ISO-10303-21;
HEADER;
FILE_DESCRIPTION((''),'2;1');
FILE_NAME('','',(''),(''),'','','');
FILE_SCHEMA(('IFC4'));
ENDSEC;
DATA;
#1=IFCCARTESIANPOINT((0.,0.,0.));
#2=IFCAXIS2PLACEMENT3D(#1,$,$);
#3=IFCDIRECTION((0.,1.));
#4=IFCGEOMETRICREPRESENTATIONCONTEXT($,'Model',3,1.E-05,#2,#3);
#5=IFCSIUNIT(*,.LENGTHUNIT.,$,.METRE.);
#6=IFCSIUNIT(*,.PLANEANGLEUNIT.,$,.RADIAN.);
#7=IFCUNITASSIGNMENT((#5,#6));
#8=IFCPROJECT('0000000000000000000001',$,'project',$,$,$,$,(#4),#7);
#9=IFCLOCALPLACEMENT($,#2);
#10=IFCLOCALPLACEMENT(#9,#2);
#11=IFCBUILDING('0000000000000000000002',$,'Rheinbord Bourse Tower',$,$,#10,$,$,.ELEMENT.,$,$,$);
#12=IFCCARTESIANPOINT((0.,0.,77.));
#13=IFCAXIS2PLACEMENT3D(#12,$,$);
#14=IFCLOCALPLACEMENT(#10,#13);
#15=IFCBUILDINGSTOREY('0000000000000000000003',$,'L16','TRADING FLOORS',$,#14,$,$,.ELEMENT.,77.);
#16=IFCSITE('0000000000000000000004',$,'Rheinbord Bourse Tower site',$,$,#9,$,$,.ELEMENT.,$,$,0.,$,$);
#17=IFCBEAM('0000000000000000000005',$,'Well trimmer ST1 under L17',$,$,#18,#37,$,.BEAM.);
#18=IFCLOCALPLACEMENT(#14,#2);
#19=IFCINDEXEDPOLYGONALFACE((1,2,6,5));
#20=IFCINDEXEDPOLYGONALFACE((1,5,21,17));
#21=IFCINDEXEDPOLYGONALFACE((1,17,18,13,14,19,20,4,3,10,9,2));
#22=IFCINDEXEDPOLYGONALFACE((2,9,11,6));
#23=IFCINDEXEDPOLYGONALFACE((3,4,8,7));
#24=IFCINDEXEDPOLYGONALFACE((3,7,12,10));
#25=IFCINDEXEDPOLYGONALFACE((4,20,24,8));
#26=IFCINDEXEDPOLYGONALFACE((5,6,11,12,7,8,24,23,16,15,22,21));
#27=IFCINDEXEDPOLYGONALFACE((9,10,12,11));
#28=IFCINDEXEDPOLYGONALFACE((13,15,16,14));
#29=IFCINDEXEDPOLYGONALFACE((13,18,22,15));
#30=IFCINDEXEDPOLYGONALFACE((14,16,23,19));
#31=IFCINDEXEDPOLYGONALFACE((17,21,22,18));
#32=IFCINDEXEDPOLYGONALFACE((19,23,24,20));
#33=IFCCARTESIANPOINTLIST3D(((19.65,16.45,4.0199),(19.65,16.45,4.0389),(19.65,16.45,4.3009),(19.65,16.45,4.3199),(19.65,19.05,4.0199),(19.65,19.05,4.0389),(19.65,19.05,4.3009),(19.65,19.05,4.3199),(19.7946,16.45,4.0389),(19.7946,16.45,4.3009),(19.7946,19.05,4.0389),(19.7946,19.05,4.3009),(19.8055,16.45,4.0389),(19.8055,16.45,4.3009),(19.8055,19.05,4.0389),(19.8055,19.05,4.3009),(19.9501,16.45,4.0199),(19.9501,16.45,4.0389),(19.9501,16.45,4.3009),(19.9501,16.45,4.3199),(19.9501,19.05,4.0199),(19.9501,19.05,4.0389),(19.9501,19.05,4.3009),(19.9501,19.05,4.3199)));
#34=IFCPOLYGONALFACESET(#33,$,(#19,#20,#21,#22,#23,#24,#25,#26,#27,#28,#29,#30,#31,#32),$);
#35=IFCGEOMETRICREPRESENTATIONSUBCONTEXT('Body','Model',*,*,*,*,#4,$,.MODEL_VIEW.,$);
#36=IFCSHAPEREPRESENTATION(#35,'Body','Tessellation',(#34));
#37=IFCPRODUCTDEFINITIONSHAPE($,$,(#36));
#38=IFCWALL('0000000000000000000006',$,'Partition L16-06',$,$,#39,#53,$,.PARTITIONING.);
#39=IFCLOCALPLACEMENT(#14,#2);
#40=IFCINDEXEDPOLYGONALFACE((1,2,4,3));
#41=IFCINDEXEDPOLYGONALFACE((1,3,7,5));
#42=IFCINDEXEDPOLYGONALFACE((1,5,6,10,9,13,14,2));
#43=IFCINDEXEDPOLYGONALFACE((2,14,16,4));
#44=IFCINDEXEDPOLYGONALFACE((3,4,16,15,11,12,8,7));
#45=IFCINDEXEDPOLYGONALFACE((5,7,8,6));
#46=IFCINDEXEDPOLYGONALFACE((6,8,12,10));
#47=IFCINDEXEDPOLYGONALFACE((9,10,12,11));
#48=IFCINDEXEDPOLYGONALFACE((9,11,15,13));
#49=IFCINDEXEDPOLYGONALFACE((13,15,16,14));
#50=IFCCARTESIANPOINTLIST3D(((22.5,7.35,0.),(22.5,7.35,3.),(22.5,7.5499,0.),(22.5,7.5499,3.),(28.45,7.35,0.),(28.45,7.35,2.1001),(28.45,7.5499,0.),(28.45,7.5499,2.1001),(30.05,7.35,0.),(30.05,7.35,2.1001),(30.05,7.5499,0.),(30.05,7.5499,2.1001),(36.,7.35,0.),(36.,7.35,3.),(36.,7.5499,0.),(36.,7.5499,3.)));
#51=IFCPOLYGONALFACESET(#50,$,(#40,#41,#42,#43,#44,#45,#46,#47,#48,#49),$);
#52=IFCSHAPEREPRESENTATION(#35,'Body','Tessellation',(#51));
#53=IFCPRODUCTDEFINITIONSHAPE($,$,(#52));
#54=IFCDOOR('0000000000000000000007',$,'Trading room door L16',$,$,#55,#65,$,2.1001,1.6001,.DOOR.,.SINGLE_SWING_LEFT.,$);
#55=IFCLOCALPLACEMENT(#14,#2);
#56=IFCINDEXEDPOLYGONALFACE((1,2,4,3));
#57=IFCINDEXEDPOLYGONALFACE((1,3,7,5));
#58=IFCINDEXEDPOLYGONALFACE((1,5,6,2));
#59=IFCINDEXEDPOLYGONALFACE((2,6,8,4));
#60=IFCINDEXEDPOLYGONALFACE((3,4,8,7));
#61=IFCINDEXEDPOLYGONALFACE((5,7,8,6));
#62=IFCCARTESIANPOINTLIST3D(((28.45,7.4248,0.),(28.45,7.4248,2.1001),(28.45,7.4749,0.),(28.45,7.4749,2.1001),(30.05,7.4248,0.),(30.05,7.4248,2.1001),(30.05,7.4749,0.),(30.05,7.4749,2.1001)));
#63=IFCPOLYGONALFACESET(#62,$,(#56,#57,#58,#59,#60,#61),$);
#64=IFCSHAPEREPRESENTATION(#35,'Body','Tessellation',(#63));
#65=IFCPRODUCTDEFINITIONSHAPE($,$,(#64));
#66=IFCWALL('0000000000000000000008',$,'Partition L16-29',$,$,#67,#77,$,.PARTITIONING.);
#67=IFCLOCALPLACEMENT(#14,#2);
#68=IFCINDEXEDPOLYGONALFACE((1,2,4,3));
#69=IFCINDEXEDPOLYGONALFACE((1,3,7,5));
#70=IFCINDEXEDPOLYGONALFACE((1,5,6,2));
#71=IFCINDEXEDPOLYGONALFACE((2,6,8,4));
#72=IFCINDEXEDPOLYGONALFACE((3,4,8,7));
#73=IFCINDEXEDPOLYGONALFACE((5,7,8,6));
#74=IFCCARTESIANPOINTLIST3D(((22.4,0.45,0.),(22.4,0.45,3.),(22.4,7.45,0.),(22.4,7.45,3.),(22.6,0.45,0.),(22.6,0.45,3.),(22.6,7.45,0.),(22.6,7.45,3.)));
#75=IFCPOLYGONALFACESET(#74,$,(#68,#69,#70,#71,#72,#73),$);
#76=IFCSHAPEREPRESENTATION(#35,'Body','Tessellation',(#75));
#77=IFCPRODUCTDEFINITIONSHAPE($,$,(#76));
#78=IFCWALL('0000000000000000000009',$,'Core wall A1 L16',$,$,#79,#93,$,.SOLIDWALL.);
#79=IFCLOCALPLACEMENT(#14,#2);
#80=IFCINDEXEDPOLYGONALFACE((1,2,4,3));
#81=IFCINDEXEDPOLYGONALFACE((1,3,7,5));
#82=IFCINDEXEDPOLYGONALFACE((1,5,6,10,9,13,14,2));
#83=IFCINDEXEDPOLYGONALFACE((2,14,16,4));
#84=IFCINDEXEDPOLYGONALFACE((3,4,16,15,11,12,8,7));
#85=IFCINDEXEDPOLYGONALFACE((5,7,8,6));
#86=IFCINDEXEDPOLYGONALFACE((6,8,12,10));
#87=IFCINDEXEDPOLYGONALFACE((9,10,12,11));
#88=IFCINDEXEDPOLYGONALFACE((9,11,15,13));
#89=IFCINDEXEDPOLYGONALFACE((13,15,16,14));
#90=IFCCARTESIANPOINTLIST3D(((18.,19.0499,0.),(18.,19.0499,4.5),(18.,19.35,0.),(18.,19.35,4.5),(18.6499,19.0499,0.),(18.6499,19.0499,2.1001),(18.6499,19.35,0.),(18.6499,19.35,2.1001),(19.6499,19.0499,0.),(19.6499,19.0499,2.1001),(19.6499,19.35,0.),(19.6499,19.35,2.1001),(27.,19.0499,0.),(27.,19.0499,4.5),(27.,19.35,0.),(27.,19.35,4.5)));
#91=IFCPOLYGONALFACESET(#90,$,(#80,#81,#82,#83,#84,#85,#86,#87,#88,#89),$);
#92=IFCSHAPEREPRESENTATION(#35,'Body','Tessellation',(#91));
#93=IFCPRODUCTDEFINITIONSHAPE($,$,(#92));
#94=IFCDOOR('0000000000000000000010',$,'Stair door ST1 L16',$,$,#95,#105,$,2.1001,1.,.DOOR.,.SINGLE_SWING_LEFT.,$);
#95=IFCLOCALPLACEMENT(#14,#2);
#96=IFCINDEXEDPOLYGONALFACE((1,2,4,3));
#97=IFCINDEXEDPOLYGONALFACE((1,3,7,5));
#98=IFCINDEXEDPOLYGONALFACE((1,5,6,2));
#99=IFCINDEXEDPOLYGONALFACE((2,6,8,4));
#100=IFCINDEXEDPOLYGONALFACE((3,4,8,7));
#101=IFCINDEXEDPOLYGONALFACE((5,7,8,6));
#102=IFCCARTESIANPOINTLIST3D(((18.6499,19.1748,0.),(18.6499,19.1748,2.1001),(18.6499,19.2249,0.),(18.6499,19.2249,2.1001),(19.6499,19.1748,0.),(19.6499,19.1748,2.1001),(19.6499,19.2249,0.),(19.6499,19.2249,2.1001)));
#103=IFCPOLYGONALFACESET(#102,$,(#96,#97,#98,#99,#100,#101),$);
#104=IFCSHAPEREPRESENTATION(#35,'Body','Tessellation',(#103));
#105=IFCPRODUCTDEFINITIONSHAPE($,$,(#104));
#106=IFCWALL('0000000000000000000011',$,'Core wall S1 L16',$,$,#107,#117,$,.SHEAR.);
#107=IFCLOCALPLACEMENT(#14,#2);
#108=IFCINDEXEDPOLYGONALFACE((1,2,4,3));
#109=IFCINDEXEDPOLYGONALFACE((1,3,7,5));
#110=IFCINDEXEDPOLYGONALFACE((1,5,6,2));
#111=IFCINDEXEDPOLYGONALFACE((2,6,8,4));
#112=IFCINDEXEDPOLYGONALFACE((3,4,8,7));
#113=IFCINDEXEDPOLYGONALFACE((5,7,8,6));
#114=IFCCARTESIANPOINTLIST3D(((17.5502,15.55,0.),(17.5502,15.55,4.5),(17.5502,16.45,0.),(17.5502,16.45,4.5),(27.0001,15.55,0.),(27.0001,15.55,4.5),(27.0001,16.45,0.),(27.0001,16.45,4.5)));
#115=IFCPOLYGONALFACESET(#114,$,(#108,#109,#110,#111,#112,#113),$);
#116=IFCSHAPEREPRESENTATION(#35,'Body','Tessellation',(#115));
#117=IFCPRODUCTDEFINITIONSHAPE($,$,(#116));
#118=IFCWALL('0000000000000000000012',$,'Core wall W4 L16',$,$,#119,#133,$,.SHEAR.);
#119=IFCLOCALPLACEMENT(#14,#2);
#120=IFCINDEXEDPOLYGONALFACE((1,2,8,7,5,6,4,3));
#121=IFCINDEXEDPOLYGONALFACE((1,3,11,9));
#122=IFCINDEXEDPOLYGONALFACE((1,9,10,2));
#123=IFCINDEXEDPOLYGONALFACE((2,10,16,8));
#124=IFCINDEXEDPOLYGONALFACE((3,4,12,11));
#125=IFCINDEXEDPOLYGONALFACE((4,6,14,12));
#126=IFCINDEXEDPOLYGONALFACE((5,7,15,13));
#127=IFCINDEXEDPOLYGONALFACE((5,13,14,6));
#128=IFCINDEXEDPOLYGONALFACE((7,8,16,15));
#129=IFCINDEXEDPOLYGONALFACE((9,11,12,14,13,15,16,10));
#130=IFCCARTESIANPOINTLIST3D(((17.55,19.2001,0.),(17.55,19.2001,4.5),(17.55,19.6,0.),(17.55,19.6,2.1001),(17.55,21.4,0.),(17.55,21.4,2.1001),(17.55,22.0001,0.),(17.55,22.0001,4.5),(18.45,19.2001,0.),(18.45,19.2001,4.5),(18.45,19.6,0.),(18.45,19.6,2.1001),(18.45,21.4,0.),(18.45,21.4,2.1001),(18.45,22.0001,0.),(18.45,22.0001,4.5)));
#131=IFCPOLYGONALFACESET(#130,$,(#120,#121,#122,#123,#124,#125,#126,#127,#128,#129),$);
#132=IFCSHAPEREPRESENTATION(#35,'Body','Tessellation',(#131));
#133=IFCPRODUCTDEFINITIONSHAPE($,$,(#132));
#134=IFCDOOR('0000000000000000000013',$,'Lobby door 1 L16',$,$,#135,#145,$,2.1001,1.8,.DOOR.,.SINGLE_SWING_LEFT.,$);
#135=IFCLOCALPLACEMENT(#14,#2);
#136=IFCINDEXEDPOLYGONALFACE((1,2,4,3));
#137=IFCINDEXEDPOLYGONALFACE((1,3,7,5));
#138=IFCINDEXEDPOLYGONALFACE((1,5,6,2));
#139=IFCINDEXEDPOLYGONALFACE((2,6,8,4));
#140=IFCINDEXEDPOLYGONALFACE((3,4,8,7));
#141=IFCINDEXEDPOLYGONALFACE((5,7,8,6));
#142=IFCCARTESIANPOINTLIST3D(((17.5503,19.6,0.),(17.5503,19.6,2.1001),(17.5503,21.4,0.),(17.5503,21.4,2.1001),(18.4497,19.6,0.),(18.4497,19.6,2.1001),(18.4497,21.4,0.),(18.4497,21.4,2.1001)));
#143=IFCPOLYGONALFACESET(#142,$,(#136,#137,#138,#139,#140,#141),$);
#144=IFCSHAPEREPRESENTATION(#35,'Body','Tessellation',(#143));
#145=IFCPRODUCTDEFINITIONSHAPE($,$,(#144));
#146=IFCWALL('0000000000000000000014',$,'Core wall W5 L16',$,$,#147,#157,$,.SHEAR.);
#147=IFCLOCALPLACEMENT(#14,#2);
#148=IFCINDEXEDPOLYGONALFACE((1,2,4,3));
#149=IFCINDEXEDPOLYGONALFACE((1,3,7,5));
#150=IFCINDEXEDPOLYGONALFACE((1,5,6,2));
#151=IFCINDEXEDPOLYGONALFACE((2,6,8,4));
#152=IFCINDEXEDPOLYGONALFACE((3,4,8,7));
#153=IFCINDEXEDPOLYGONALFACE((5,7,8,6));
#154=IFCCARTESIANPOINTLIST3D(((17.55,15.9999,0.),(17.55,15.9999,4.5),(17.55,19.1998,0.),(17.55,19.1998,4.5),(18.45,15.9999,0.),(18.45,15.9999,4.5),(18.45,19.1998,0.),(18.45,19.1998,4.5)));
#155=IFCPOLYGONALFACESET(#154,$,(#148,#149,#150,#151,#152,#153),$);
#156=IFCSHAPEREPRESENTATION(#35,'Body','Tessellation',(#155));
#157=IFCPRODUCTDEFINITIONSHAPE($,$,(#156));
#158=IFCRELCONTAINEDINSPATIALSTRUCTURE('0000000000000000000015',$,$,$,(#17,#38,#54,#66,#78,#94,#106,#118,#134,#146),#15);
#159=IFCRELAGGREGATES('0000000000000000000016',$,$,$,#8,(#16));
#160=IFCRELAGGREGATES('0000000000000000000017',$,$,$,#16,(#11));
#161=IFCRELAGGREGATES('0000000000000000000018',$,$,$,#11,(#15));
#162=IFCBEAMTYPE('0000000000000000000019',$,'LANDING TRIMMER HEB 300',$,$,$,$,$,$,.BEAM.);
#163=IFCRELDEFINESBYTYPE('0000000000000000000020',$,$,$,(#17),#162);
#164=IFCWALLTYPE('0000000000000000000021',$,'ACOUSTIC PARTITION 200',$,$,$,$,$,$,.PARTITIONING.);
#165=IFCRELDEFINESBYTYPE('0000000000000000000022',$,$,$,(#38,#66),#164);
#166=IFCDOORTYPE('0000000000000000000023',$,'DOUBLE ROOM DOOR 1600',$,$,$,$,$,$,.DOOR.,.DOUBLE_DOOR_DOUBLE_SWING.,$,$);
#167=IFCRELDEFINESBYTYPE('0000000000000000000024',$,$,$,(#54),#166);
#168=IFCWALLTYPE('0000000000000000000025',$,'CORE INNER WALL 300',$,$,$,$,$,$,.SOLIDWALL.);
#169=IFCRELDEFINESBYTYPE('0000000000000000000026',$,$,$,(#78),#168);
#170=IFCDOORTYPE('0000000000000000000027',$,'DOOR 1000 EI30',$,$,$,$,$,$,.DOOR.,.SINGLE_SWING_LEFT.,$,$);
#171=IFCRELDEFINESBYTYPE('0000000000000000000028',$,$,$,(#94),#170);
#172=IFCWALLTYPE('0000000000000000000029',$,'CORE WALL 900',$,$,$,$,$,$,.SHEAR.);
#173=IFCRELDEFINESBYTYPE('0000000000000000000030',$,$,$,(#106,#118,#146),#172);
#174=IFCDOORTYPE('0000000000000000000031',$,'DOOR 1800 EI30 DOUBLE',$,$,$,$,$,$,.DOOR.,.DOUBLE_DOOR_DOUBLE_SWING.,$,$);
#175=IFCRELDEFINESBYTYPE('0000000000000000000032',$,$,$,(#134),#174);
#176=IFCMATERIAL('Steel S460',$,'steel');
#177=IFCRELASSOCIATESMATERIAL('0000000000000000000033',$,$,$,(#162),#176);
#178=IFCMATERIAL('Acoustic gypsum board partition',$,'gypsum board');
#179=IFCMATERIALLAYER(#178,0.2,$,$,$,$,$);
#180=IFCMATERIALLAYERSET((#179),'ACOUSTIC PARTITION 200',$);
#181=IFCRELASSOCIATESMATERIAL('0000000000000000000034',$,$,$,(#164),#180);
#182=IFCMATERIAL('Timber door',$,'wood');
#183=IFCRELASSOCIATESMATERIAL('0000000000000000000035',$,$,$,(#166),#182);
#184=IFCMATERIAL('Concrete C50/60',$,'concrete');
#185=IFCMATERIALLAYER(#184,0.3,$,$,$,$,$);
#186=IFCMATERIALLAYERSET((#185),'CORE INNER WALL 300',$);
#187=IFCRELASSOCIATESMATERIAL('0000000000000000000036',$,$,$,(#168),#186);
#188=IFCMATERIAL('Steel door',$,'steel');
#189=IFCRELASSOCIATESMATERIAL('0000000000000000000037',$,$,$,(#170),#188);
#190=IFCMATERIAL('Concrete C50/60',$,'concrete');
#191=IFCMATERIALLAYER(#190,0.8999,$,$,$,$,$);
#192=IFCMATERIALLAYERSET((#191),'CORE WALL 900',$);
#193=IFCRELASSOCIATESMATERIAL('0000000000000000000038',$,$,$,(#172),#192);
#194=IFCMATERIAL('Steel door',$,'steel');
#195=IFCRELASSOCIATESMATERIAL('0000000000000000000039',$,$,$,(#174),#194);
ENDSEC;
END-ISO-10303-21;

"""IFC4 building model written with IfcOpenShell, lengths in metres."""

from ifc_helpers import new_model, si_unit, direction, frame, frame_2d, origin, origin_2d, place, context, subcontext, project, spatial, rectangle, i_section, extrude, material, layer, layer_set, material_profile, profile_set, type_object, element, fill, save


model = new_model("IFC4")

# Units and contexts
model_context = context("Model", 3, precision=1e-05, world=origin(), true_north=direction((0.0, 1.0)))
body_context = subcontext(model_context, "Body", "Model", "MODEL_VIEW")
ifc_project = project(units=[si_unit("LENGTHUNIT", "METRE"), si_unit("PLANEANGLEUNIT", "RADIAN")], contexts=[model_context])

# Site, building, storey
site_placement = place(None, origin())
site = spatial("IfcSite", under=ifc_project, at=site_placement, Name="Rheinbord Bourse Tower site", CompositionType="ELEMENT", RefElevation=0.0)
building_placement = place(site_placement, origin())
building = spatial("IfcBuilding", under=site, at=building_placement, Name="Rheinbord Bourse Tower", CompositionType="ELEMENT")
storey_placement = place(building_placement, frame((0.0, 0.0, 77.0)))
storey = spatial("IfcBuildingStorey", under=building, at=storey_placement, Name="L16", Description="TRADING FLOORS", CompositionType="ELEMENT", Elevation=77.0)

# Beam
ifc_material_1 = material(Name="Steel S460", Category="steel")
ifc_material_profile = material_profile(ifc_material_1, i_section(OverallWidth=0.3, OverallDepth=0.3, WebThickness=0.011, FlangeThickness=0.019, at=origin_2d()), Name="HEB 300")
ifc_profile_set = profile_set([ifc_material_profile], Name="Steel S460")
beam_type = type_object("IfcBeamType", Name="LANDING TRIMMER HEB 300", PredefinedType="BEAM", material=ifc_profile_set)
beam_placement = place(storey_placement, frame((19.8, 16.45, 4.1699), z_axis=(0.0, 1.0, 0.0), x_axis=(-1.0, 0.0, 0.0)))
element("IfcBeam", 1, at=beam_placement, inside=storey, type_object=beam_type, Name="Well trimmer ST1 under L17", PredefinedType="BEAM", context=body_context, shape_type="SweptSolid", body=[
    extrude(i_section(OverallWidth=0.3, OverallDepth=0.3, WebThickness=0.011, FlangeThickness=0.019, at=origin_2d()), origin(), (0.0, 0.0, 1.0), 2.6001),
])

# Wall, opening, door
ifc_material_2 = material(Name="Acoustic gypsum board partition", Category="gypsum board")
ifc_layer_1 = layer(ifc_material_2, 0.2)
ifc_layer_set_1 = layer_set([ifc_layer_1], Name="ACOUSTIC PARTITION 200")
wall_type_1 = type_object("IfcWallType", Name="ACOUSTIC PARTITION 200", PredefinedType="PARTITIONING", material=ifc_layer_set_1)
wall_1_placement = place(storey_placement, frame((22.5, 7.45, 0.0), z_axis=(0.0, 0.0, 1.0), x_axis=(1.0, 0.0, 0.0)))
wall_1 = element("IfcWall", 2, at=wall_1_placement, inside=storey, type_object=wall_type_1, Name="Partition L16-06", PredefinedType="PARTITIONING", context=body_context, shape_type="SweptSolid", body=[
    extrude(rectangle(XDim=13.5, YDim=0.2, at=frame_2d((6.75, 0.0))), origin(), (0.0, 0.0, 1.0), 3.0),
])
opening_1_placement = place(wall_1_placement, frame((5.95, 0.0, 0.0)))
opening_1 = element("IfcOpeningElement", 3, at=opening_1_placement, cuts=wall_1, PredefinedType="OPENING", context=body_context, shape_type="SweptSolid", body=[
    extrude(rectangle(XDim=1.6001, YDim=2.1001, at=frame_2d((0.8, 1.05))), frame((0.0, 0.1099, 0.0), z_axis=(0.0, -1.0, 0.0), x_axis=(1.0, 0.0, 0.0)), (0.0, 0.0, 1.0), 0.22),
])
ifc_material_3 = material(Name="Timber door", Category="wood")
door_type_1 = type_object("IfcDoorType", Name="DOUBLE ROOM DOOR 1600", OperationType="DOUBLE_DOOR_DOUBLE_SWING", PredefinedType="DOOR", material=ifc_material_3)
door_1_placement = place(opening_1_placement, origin())
door_1 = element("IfcDoor", 4, at=door_1_placement, inside=storey, type_object=door_type_1, Name="Trading room door L16", OperationType="SINGLE_SWING_LEFT", OverallHeight=2.1001, OverallWidth=1.6001, PredefinedType="DOOR", context=body_context, shape_type="SweptSolid", body=[
    extrude(rectangle(XDim=1.6001, YDim=2.1001, at=frame_2d((0.8, 1.05))), frame((0.0, 0.0249, 0.0), z_axis=(0.0, -1.0, 0.0), x_axis=(1.0, 0.0, 0.0)), (0.0, 0.0, 1.0), 0.05),
])
fill(opening_1, door_1)

# Wall
wall_2_placement = place(storey_placement, frame((22.5, 0.45, 0.0), z_axis=(0.0, 0.0, 1.0), x_axis=(0.0, 1.0, 0.0)))
element("IfcWall", 5, at=wall_2_placement, inside=storey, type_object=wall_type_1, Name="Partition L16-29", PredefinedType="PARTITIONING", context=body_context, shape_type="SweptSolid", body=[
    extrude(rectangle(XDim=7.0, YDim=0.2, at=frame_2d((3.5, 0.0))), origin(), (0.0, 0.0, 1.0), 3.0),
])

# Wall, opening, door
ifc_material_4 = material(Name="Concrete C50/60", Category="concrete")
ifc_layer_2 = layer(ifc_material_4, 0.3)
ifc_layer_set_2 = layer_set([ifc_layer_2], Name="CORE INNER WALL 300")
wall_type_2 = type_object("IfcWallType", Name="CORE INNER WALL 300", PredefinedType="SOLIDWALL", material=ifc_layer_set_2)
wall_3_placement = place(storey_placement, frame((18.0, 19.2, 0.0), z_axis=(0.0, 0.0, 1.0), x_axis=(1.0, 0.0, 0.0)))
wall_3 = element("IfcWall", 6, at=wall_3_placement, inside=storey, type_object=wall_type_2, Name="Core wall A1 L16", PredefinedType="SOLIDWALL", context=body_context, shape_type="SweptSolid", body=[
    extrude(rectangle(XDim=9.0, YDim=0.3, at=frame_2d((4.5, 0.0))), origin(), (0.0, 0.0, 1.0), 4.5),
])
opening_2_placement = place(wall_3_placement, frame((0.6499, 0.0, 0.0)))
opening_2 = element("IfcOpeningElement", 7, at=opening_2_placement, cuts=wall_3, PredefinedType="OPENING", context=body_context, shape_type="SweptSolid", body=[
    extrude(rectangle(XDim=1.0, YDim=2.1001, at=frame_2d((0.5, 1.05))), frame((0.0, 0.1599, 0.0), z_axis=(0.0, -1.0, 0.0), x_axis=(1.0, 0.0, 0.0)), (0.0, 0.0, 1.0), 0.3201),
])
ifc_material_5 = material(Name="Steel door", Category="steel")
door_type_2 = type_object("IfcDoorType", Name="DOOR 1000 EI30", OperationType="SINGLE_SWING_LEFT", PredefinedType="DOOR", material=ifc_material_5)
door_2_placement = place(opening_2_placement, origin())
door_2 = element("IfcDoor", 8, at=door_2_placement, inside=storey, type_object=door_type_2, Name="Stair door ST1 L16", OperationType="SINGLE_SWING_LEFT", OverallHeight=2.1001, OverallWidth=1.0, PredefinedType="DOOR", context=body_context, shape_type="SweptSolid", body=[
    extrude(rectangle(XDim=1.0, YDim=2.1001, at=frame_2d((0.5, 1.05))), frame((0.0, 0.0249, 0.0), z_axis=(0.0, -1.0, 0.0), x_axis=(1.0, 0.0, 0.0)), (0.0, 0.0, 1.0), 0.05),
])
fill(opening_2, door_2)

# Wall
ifc_material_6 = material(Name="Concrete C50/60", Category="concrete")
ifc_layer_3 = layer(ifc_material_6, 0.8999)
ifc_layer_set_3 = layer_set([ifc_layer_3], Name="CORE WALL 900")
wall_type_3 = type_object("IfcWallType", Name="CORE WALL 900", PredefinedType="SHEAR", material=ifc_layer_set_3)
wall_4_placement = place(storey_placement, frame((17.55, 16.0, 0.0), z_axis=(0.0, 0.0, 1.0), x_axis=(1.0, 0.0, 0.0)))
element("IfcWall", 9, at=wall_4_placement, inside=storey, type_object=wall_type_3, Name="Core wall S1 L16", PredefinedType="SHEAR", context=body_context, shape_type="SweptSolid", body=[
    extrude(rectangle(XDim=9.45, YDim=0.8999, at=frame_2d((4.7251, 0.0))), origin(), (0.0, 0.0, 1.0), 4.5),
])

# Wall, opening, door
wall_5_placement = place(storey_placement, frame((18.0, 22.0, 0.0), z_axis=(0.0, 0.0, 1.0), x_axis=(0.0, -1.0, 0.0)))
wall_5 = element("IfcWall", 10, at=wall_5_placement, inside=storey, type_object=wall_type_3, Name="Core wall W4 L16", PredefinedType="SHEAR", context=body_context, shape_type="SweptSolid", body=[
    extrude(rectangle(XDim=2.8, YDim=0.8999, at=frame_2d((1.3999, 0.0))), origin(), (0.0, 0.0, 1.0), 4.5),
])
opening_3_placement = place(wall_5_placement, frame((0.6001, 0.0, 0.0)))
opening_3 = element("IfcOpeningElement", 11, at=opening_3_placement, cuts=wall_5, PredefinedType="OPENING", context=body_context, shape_type="SweptSolid", body=[
    extrude(rectangle(XDim=1.8, YDim=2.1001, at=frame_2d((0.8999, 1.05))), frame((0.0, 0.46, 0.0), z_axis=(0.0, -1.0, 0.0), x_axis=(1.0, 0.0, 0.0)), (0.0, 0.0, 1.0), 0.9199),
])
ifc_material_7 = material(Name="Steel door", Category="steel")
door_type_3 = type_object("IfcDoorType", Name="DOOR 1800 EI30 DOUBLE", OperationType="DOUBLE_DOOR_DOUBLE_SWING", PredefinedType="DOOR", material=ifc_material_7)
door_3_placement = place(opening_3_placement, origin())
door_3 = element("IfcDoor", 12, at=door_3_placement, inside=storey, type_object=door_type_3, Name="Lobby door 1 L16", OperationType="SINGLE_SWING_LEFT", OverallHeight=2.1001, OverallWidth=1.8, PredefinedType="DOOR", context=body_context, shape_type="SweptSolid", body=[
    extrude(rectangle(XDim=1.8, YDim=2.1001, at=frame_2d((0.8999, 1.05))), frame((0.0, 0.4497, 0.0), z_axis=(0.0, -1.0, 0.0), x_axis=(1.0, 0.0, 0.0)), (0.0, 0.0, 1.0), 0.8994),
])
fill(opening_3, door_3)

# Wall
wall_6_placement = place(storey_placement, frame((18.0, 19.2, 0.0), z_axis=(0.0, 0.0, 1.0), x_axis=(0.0, -1.0, 0.0)))
element("IfcWall", 13, at=wall_6_placement, inside=storey, type_object=wall_type_3, Name="Core wall W5 L16", PredefinedType="SHEAR", context=body_context, shape_type="SweptSolid", body=[
    extrude(rectangle(XDim=3.2, YDim=0.8999, at=frame_2d((1.6001, 0.0))), origin(), (0.0, 0.0, 1.0), 4.5),
])

save(model, "model.ifc")
